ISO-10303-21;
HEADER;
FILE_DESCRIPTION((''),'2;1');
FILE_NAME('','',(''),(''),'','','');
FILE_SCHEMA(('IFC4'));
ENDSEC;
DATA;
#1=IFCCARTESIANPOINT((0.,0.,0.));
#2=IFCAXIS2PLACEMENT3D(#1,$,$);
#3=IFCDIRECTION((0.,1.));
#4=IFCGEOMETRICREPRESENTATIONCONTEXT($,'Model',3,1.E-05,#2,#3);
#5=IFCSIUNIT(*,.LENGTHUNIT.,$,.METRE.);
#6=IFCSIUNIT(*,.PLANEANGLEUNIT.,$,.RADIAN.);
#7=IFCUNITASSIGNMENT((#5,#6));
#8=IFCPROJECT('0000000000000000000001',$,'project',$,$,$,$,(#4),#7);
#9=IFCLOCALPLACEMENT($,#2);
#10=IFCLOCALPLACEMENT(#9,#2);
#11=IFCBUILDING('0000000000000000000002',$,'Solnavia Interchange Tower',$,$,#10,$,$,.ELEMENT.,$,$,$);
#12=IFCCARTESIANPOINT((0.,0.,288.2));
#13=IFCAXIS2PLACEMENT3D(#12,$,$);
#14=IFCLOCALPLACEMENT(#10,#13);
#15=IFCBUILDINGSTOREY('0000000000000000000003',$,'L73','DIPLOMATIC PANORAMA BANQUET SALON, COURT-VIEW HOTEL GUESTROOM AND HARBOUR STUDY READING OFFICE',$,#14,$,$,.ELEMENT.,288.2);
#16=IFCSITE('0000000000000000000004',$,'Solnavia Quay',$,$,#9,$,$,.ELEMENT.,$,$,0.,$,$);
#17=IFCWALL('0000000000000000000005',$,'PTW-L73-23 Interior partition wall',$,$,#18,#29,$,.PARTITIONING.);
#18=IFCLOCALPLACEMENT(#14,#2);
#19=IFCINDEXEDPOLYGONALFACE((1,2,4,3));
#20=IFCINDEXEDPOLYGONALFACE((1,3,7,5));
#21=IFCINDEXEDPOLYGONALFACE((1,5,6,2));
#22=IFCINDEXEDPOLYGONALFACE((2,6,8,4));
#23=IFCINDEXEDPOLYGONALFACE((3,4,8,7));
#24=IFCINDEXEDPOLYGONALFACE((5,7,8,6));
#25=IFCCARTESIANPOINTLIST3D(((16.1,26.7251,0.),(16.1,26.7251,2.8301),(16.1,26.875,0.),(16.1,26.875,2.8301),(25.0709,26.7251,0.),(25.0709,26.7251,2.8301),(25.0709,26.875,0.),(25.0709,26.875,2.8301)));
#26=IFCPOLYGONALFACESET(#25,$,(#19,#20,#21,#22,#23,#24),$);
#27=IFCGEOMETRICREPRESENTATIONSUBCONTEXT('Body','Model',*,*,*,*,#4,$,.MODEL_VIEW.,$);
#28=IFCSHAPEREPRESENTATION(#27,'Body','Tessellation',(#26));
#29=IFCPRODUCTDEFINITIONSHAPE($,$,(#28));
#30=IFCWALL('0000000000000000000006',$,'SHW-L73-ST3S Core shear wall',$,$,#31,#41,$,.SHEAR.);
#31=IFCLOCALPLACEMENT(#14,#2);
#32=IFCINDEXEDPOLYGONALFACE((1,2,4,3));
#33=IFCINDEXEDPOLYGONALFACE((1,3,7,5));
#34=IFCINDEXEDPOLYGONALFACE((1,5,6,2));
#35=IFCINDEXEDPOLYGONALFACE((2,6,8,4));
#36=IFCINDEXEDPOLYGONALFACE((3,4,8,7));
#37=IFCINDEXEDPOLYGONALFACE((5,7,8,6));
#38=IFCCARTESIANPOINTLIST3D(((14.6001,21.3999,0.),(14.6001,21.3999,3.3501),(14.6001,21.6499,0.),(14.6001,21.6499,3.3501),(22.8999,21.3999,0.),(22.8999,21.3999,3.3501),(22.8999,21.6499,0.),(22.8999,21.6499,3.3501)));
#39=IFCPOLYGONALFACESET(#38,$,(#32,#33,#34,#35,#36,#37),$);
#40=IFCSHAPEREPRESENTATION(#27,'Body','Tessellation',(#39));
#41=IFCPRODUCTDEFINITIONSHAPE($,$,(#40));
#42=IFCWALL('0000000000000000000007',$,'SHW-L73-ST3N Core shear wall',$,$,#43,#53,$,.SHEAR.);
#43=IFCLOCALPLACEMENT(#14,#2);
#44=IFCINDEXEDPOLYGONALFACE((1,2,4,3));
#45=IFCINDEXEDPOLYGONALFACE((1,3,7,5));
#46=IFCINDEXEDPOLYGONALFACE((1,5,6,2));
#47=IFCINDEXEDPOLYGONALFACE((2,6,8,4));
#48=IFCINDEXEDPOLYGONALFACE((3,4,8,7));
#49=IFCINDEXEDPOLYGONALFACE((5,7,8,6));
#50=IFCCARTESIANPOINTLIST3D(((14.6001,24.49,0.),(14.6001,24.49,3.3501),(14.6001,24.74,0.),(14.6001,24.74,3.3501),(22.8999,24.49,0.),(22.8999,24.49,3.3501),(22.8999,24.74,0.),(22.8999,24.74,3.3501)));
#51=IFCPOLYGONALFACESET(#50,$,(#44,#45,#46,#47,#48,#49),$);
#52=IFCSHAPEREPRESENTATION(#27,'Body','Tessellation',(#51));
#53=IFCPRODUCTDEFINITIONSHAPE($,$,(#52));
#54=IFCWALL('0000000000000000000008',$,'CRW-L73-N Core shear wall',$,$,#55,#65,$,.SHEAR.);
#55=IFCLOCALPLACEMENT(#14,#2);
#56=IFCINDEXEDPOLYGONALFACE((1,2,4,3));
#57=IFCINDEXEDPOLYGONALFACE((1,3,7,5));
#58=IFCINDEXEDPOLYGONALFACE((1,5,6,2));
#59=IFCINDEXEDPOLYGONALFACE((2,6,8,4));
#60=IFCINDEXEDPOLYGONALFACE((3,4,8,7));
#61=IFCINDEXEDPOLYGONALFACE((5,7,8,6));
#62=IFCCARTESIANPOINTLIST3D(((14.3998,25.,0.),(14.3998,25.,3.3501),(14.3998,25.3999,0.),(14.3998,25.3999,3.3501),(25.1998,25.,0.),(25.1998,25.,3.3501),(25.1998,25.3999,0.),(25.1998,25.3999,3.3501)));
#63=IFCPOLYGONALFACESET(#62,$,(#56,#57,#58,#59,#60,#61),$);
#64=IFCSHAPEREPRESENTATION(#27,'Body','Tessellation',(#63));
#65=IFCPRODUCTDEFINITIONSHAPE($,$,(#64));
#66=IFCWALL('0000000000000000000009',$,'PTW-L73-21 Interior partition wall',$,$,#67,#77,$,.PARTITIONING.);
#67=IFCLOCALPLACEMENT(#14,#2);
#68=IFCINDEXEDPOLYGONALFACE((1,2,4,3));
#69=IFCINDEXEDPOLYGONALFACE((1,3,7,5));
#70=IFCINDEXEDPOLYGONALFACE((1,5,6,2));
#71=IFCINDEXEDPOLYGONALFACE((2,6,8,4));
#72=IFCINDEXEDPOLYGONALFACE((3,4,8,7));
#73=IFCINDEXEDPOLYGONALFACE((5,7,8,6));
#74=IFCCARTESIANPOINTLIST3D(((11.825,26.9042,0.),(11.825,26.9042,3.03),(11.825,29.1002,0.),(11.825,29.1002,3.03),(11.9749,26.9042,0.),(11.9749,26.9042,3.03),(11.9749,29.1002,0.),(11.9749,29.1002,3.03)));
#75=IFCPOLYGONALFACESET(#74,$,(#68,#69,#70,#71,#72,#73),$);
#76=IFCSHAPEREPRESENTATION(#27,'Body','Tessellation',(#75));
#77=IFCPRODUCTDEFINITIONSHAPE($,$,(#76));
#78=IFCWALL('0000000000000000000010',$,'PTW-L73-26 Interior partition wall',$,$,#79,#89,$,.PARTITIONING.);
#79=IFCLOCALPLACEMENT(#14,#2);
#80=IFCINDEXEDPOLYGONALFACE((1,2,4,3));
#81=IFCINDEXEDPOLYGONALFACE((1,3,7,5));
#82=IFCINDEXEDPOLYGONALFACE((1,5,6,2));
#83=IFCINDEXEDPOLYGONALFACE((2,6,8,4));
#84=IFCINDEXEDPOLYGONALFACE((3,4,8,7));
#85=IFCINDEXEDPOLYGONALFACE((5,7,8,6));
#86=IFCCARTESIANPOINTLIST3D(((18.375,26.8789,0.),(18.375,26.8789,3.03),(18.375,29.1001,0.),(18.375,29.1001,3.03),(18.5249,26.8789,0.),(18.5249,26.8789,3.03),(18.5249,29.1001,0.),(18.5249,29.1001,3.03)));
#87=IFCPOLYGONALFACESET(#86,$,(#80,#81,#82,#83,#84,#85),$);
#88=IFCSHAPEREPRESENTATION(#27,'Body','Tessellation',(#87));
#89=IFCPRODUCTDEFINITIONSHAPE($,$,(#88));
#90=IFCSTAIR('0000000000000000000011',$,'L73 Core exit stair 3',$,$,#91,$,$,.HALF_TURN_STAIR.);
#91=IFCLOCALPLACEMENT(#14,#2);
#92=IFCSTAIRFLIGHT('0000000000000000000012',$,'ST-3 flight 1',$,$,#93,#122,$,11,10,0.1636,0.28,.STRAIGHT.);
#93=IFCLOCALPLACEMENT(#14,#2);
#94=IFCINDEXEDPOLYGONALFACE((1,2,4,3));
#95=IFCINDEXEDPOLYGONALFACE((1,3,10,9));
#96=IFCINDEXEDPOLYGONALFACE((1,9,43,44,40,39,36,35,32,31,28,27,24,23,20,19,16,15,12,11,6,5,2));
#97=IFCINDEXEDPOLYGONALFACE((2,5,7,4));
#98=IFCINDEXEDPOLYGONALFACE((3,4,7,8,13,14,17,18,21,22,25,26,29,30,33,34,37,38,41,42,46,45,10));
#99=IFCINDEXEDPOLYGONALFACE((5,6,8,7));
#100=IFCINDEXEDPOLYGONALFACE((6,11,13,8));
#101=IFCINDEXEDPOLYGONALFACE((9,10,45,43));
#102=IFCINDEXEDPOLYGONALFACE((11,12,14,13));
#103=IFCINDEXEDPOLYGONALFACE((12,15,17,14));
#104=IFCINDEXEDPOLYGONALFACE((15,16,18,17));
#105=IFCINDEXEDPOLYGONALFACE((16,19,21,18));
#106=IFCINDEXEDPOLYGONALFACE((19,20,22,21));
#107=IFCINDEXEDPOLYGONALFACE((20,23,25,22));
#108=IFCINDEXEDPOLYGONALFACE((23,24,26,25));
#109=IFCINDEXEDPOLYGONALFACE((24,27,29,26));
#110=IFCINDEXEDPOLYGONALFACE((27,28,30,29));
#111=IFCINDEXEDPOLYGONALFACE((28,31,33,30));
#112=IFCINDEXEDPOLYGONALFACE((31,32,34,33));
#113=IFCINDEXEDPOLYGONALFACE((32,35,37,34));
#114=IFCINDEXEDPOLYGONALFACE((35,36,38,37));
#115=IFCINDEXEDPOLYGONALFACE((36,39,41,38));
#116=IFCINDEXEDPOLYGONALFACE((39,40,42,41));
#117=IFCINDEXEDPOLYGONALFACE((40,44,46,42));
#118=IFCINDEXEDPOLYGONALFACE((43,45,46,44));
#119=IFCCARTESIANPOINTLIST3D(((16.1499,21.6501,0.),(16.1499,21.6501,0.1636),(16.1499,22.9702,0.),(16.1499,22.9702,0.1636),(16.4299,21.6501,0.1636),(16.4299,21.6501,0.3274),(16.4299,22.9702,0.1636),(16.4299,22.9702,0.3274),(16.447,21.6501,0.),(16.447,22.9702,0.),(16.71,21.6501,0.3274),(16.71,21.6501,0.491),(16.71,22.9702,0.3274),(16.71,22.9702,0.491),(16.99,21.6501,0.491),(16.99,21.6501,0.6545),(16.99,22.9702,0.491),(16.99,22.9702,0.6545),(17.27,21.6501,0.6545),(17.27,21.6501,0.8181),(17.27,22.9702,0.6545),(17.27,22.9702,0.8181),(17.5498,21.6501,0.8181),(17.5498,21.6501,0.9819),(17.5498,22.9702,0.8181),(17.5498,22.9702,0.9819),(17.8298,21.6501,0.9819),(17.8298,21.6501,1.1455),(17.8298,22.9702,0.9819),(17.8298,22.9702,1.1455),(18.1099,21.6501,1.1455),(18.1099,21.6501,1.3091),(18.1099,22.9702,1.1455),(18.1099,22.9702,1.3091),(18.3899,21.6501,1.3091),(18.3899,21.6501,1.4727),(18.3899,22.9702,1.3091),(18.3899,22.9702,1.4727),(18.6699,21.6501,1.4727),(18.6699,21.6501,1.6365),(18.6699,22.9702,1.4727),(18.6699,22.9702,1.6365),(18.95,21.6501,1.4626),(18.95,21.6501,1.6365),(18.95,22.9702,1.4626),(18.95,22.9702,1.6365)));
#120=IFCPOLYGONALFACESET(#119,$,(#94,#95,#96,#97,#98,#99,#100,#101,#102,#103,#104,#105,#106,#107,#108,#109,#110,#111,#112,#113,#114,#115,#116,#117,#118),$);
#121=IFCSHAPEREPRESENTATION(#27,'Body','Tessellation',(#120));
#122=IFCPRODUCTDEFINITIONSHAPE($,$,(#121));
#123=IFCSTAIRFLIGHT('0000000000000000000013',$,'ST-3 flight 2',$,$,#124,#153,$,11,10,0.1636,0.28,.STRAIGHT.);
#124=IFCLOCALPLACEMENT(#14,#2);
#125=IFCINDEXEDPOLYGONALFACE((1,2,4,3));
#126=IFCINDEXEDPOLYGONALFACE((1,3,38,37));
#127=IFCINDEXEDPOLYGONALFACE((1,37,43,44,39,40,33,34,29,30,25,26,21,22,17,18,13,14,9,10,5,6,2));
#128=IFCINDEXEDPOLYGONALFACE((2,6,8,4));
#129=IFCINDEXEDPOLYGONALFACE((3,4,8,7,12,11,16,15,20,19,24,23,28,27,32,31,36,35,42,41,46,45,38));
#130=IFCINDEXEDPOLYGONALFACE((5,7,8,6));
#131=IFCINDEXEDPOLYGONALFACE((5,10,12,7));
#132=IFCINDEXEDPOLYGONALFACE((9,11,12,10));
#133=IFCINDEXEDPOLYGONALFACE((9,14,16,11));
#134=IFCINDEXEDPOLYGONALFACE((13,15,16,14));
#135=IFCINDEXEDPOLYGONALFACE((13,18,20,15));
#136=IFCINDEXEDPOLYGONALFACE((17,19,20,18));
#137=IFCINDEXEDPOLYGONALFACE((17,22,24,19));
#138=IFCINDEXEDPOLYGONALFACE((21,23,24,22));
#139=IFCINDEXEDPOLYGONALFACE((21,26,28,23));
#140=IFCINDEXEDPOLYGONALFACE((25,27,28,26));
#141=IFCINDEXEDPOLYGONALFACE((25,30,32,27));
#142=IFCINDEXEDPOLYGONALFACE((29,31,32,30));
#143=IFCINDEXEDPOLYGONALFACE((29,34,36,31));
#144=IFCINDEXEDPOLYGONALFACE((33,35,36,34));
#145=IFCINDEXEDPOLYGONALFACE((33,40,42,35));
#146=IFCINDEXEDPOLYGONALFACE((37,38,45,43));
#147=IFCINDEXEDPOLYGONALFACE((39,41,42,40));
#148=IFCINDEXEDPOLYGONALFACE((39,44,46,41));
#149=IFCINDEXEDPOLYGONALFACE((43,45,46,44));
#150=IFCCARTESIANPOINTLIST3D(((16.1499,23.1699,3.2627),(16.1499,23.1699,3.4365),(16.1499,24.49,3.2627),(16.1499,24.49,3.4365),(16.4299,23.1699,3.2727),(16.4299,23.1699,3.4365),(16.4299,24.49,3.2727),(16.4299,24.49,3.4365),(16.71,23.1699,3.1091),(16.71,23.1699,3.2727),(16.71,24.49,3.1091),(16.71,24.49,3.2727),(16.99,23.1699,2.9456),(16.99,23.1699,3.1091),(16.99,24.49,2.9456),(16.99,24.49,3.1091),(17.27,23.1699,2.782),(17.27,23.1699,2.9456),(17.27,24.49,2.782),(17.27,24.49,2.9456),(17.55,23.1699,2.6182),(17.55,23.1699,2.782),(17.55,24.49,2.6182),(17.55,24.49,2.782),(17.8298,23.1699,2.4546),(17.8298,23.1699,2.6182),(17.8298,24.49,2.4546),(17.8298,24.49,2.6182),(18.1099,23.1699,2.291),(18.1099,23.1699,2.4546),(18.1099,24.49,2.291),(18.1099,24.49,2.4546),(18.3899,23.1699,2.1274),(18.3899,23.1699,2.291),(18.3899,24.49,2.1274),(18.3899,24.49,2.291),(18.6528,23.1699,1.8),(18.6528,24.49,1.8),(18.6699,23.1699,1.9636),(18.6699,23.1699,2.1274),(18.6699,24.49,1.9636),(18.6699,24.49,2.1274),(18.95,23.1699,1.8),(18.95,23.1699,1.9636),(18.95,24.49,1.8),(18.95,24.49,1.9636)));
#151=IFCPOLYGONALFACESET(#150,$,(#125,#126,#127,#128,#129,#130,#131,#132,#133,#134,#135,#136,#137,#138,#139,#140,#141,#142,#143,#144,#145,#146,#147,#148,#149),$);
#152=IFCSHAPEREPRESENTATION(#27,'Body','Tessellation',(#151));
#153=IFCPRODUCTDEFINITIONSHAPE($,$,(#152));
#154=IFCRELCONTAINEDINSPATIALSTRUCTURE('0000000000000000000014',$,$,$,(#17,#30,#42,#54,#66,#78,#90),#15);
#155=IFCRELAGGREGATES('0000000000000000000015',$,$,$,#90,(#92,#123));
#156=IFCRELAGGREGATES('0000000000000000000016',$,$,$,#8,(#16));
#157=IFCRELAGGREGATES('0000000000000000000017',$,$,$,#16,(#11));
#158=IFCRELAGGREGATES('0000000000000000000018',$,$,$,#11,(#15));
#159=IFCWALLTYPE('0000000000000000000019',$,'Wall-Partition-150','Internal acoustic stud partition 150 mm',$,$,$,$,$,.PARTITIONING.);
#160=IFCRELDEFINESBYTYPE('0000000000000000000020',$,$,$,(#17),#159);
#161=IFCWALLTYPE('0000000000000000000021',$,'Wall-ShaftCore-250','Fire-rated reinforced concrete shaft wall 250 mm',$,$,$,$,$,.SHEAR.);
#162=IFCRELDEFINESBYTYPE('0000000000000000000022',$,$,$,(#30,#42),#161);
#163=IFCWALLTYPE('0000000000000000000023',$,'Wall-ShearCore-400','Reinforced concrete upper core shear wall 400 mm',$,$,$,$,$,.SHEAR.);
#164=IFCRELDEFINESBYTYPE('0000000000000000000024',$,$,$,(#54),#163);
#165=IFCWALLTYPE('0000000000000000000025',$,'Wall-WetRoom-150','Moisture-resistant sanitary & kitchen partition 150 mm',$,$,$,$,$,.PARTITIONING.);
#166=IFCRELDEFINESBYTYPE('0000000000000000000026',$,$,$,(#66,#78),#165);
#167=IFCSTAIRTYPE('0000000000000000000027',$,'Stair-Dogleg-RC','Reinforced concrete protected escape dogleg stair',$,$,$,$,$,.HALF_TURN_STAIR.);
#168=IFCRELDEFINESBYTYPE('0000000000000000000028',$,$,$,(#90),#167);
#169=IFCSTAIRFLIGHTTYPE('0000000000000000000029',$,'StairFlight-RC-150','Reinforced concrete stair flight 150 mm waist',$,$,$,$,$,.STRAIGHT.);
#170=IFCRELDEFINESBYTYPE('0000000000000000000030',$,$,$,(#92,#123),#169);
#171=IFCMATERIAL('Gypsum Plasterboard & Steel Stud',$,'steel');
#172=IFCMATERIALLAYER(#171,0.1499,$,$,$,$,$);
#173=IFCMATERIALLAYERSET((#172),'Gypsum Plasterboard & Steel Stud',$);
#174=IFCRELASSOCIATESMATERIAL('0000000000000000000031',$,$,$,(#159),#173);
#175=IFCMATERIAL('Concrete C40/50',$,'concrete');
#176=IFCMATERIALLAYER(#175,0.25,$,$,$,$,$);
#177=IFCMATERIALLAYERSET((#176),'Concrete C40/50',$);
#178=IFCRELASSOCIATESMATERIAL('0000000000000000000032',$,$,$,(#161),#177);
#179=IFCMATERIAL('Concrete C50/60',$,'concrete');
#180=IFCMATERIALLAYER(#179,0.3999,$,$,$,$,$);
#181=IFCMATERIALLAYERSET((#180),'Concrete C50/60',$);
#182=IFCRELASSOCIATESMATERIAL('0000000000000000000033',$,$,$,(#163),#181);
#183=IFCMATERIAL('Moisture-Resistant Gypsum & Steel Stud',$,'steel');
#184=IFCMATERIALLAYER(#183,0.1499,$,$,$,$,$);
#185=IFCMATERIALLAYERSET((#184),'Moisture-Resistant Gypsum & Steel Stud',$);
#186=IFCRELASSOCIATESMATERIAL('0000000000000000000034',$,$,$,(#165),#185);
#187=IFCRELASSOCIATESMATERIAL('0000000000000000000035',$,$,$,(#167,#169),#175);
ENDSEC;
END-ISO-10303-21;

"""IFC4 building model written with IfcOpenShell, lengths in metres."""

from ifc_helpers import new_model, si_unit, direction, frame, frame_2d, origin, place, context, subcontext, project, spatial, polyline, rectangle, outline, extrude, material, layer, layer_set, type_object, element, aggregate, save


model = new_model("IFC4")

# Units and contexts
model_context = context("Model", 3, precision=1e-05, world=origin(), true_north=direction((0.0, 1.0)))
body_context = subcontext(model_context, "Body", "Model", "MODEL_VIEW")
ifc_project = project(units=[si_unit("LENGTHUNIT", "METRE"), si_unit("PLANEANGLEUNIT", "RADIAN")], contexts=[model_context])

# Site, building, storey
site_placement = place(None, origin())
site = spatial("IfcSite", under=ifc_project, at=site_placement, Name="Solnavia Quay", CompositionType="ELEMENT", RefElevation=0.0)
building_placement = place(site_placement, origin())
building = spatial("IfcBuilding", under=site, at=building_placement, Name="Solnavia Interchange Tower", CompositionType="ELEMENT")
storey_placement = place(building_placement, frame((0.0, 0.0, 288.2)))
storey = spatial("IfcBuildingStorey", under=building, at=storey_placement, Name="L73", Description="DIPLOMATIC PANORAMA BANQUET SALON, COURT-VIEW HOTEL GUESTROOM AND HARBOUR STUDY READING OFFICE", CompositionType="ELEMENT", Elevation=288.2)

# Shared definitions
ifc_material_1 = material(Name="Concrete C50/60", Category="concrete")

# Shared definitions
ifc_material_2 = material(Name="Concrete C40/50", Category="concrete")

# Walls
ifc_material_3 = material(Name="Gypsum Plasterboard & Steel Stud", Category="steel")
ifc_layer_1 = layer(ifc_material_3, 0.1499)
ifc_layer_set_1 = layer_set([ifc_layer_1], Name="Gypsum Plasterboard & Steel Stud")
wall_type_1 = type_object("IfcWallType", Name="Wall-Partition-150", Description="Internal acoustic stud partition 150 mm", PredefinedType="PARTITIONING", material=ifc_layer_set_1)
wall_1_placement = place(storey_placement, frame((16.1001, 26.8, 0.0), z_axis=(0.0, 0.0, 1.0), x_axis=(1.0, 0.0, 0.0)))
element("IfcWall", 1, at=wall_1_placement, inside=storey, type_object=wall_type_1, Name="PTW-L73-23 Interior partition wall", PredefinedType="PARTITIONING", context=body_context, shape_type="SweptSolid", body=[
    extrude(rectangle(XDim=8.9709, YDim=0.1499, at=frame_2d((4.4854, 0.0))), origin(), (0.0, 0.0, 1.0), 2.8301),
])
ifc_layer_2 = layer(ifc_material_2, 0.25)
ifc_layer_set_2 = layer_set([ifc_layer_2], Name="Concrete C40/50")
wall_type_2 = type_object("IfcWallType", Name="Wall-ShaftCore-250", Description="Fire-rated reinforced concrete shaft wall 250 mm", PredefinedType="SHEAR", material=ifc_layer_set_2)
for number, where, z_axis, x_axis, name in (
    (2, (14.6001, 21.5249, 0.0), (0.0, 0.0, 1.0), (1.0, 0.0, 0.0), "SHW-L73-ST3S Core shear wall"),
    (3, (14.6001, 24.615, 0.0), (0.0, 0.0, 1.0), (1.0, 0.0, 0.0), "SHW-L73-ST3N Core shear wall"),
):
    element("IfcWall", number, at=place(storey_placement, frame(where, z_axis=z_axis, x_axis=x_axis)), inside=storey, type_object=wall_type_2, Name=name, PredefinedType="SHEAR", context=body_context, shape_type="SweptSolid", body=[
        extrude(rectangle(XDim=8.2998, YDim=0.25, at=frame_2d((4.1499, 0.0))), origin(), (0.0, 0.0, 1.0), 3.3501),
    ])
ifc_layer_3 = layer(ifc_material_1, 0.3999)
ifc_layer_set_3 = layer_set([ifc_layer_3], Name="Concrete C50/60")
wall_type_3 = type_object("IfcWallType", Name="Wall-ShearCore-400", Description="Reinforced concrete upper core shear wall 400 mm", PredefinedType="SHEAR", material=ifc_layer_set_3)
wall_2_placement = place(storey_placement, frame((14.3999, 25.2, 0.0), z_axis=(0.0, 0.0, 1.0), x_axis=(1.0, 0.0, 0.0)))
element("IfcWall", 4, at=wall_2_placement, inside=storey, type_object=wall_type_3, Name="CRW-L73-N Core shear wall", PredefinedType="SHEAR", context=body_context, shape_type="SweptSolid", body=[
    extrude(rectangle(XDim=10.8, YDim=0.3999, at=frame_2d((5.3999, 0.0))), origin(), (0.0, 0.0, 1.0), 3.3501),
])
ifc_material_4 = material(Name="Moisture-Resistant Gypsum & Steel Stud", Category="steel")
ifc_layer_4 = layer(ifc_material_4, 0.1499)
ifc_layer_set_4 = layer_set([ifc_layer_4], Name="Moisture-Resistant Gypsum & Steel Stud")
wall_type_4 = type_object("IfcWallType", Name="Wall-WetRoom-150", Description="Moisture-resistant sanitary & kitchen partition 150 mm", PredefinedType="PARTITIONING", material=ifc_layer_set_4)
wall_3_placement = place(storey_placement, frame((11.8999, 26.9041, 0.0), z_axis=(0.0, 0.0, 1.0), x_axis=(0.0, 1.0, 0.0)))
element("IfcWall", 5, at=wall_3_placement, inside=storey, type_object=wall_type_4, Name="PTW-L73-21 Interior partition wall", PredefinedType="PARTITIONING", context=body_context, shape_type="SweptSolid", body=[
    extrude(rectangle(XDim=2.196, YDim=0.1499, at=frame_2d((1.0981, 0.0))), origin(), (0.0, 0.0, 1.0), 3.03),
])
wall_4_placement = place(storey_placement, frame((18.45, 26.8789, 0.0), z_axis=(0.0, 0.0, 1.0), x_axis=(0.0, 1.0, 0.0)))
element("IfcWall", 6, at=wall_4_placement, inside=storey, type_object=wall_type_4, Name="PTW-L73-26 Interior partition wall", PredefinedType="PARTITIONING", context=body_context, shape_type="SweptSolid", body=[
    extrude(rectangle(XDim=2.2212, YDim=0.1499, at=frame_2d((1.1106, 0.0))), origin(), (0.0, 0.0, 1.0), 3.03),
])

# Stair, stair flights
stair_type = type_object("IfcStairType", Name="Stair-Dogleg-RC", Description="Reinforced concrete protected escape dogleg stair", PredefinedType="HALF_TURN_STAIR", material=ifc_material_2)
stair_placement = place(storey_placement, origin())
stair = element("IfcStair", 7, at=stair_placement, inside=storey, type_object=stair_type, Name="L73 Core exit stair 3", PredefinedType="HALF_TURN_STAIR")
stair_flight_type = type_object("IfcStairFlightType", Name="StairFlight-RC-150", Description="Reinforced concrete stair flight 150 mm waist", PredefinedType="STRAIGHT", material=ifc_material_2)
stair_flight_1_placement = place(storey_placement, frame((16.1499, 22.3101, 0.0), z_axis=(0.0, 0.0, 1.0), x_axis=(1.0, 0.0, 0.0)))
stair_flight_1 = element("IfcStairFlight", 8, at=stair_flight_1_placement, type_object=stair_flight_type, Name="ST-3 flight 1", NumberOfRisers=11, NumberOfTreads=10, PredefinedType="STRAIGHT", RiserHeight=0.1636, TreadLength=0.28, context=body_context, shape_type="SweptSolid", body=[
    extrude(outline(polyline([(0.0, 0.0), (0.0, 0.1636), (0.28, 0.1636), (0.28, 0.3274), (0.5601, 0.3274), (0.5601, 0.491), (0.8401, 0.491), (0.8401, 0.6545), (1.1201, 0.6545), (1.1201, 0.8181), (1.3999, 0.8181), (1.3999, 0.9819), (1.6799, 0.9819), (1.6799, 1.1455), (1.96, 1.1455), (1.96, 1.3091), (2.24, 1.3091), (2.24, 1.4727), (2.52, 1.4727), (2.52, 1.6365), (2.8, 1.6365), (2.8, 1.8), (2.8, 1.4626), (0.2971, 0.0), (0.0, 0.0)])), frame((0.0, 0.6602, 0.0), z_axis=(0.0, -1.0, 0.0), x_axis=(1.0, 0.0, 0.0)), (0.0, 0.0, 1.0), 1.3201),
])
stair_flight_2_placement = place(storey_placement, frame((18.95, 23.8301, 1.8), z_axis=(0.0, 0.0, 1.0), x_axis=(-1.0, 0.0, 0.0)))
stair_flight_2 = element("IfcStairFlight", 9, at=stair_flight_2_placement, type_object=stair_flight_type, Name="ST-3 flight 2", NumberOfRisers=11, NumberOfTreads=10, PredefinedType="STRAIGHT", RiserHeight=0.1636, TreadLength=0.28, context=body_context, shape_type="SweptSolid", body=[
    extrude(outline(polyline([(0.0, 0.0), (0.0, 0.1636), (0.28, 0.1636), (0.28, 0.3274), (0.5601, 0.3274), (0.5601, 0.491), (0.8401, 0.491), (0.8401, 0.6545), (1.1201, 0.6545), (1.1201, 0.8181), (1.3999, 0.8181), (1.3999, 0.9819), (1.6799, 0.9819), (1.6799, 1.1455), (1.96, 1.1455), (1.96, 1.3091), (2.24, 1.3091), (2.24, 1.4727), (2.52, 1.4727), (2.52, 1.6365), (2.8, 1.6365), (2.8, 1.8), (2.8, 1.4626), (0.2971, 0.0), (0.0, 0.0)])), frame((0.0, 0.6602, 0.0), z_axis=(0.0, -1.0, 0.0), x_axis=(1.0, 0.0, 0.0)), (0.0, 0.0, 1.0), 1.3201),
])
aggregate(stair, [stair_flight_1, stair_flight_2])

save(model, "model.ifc")
